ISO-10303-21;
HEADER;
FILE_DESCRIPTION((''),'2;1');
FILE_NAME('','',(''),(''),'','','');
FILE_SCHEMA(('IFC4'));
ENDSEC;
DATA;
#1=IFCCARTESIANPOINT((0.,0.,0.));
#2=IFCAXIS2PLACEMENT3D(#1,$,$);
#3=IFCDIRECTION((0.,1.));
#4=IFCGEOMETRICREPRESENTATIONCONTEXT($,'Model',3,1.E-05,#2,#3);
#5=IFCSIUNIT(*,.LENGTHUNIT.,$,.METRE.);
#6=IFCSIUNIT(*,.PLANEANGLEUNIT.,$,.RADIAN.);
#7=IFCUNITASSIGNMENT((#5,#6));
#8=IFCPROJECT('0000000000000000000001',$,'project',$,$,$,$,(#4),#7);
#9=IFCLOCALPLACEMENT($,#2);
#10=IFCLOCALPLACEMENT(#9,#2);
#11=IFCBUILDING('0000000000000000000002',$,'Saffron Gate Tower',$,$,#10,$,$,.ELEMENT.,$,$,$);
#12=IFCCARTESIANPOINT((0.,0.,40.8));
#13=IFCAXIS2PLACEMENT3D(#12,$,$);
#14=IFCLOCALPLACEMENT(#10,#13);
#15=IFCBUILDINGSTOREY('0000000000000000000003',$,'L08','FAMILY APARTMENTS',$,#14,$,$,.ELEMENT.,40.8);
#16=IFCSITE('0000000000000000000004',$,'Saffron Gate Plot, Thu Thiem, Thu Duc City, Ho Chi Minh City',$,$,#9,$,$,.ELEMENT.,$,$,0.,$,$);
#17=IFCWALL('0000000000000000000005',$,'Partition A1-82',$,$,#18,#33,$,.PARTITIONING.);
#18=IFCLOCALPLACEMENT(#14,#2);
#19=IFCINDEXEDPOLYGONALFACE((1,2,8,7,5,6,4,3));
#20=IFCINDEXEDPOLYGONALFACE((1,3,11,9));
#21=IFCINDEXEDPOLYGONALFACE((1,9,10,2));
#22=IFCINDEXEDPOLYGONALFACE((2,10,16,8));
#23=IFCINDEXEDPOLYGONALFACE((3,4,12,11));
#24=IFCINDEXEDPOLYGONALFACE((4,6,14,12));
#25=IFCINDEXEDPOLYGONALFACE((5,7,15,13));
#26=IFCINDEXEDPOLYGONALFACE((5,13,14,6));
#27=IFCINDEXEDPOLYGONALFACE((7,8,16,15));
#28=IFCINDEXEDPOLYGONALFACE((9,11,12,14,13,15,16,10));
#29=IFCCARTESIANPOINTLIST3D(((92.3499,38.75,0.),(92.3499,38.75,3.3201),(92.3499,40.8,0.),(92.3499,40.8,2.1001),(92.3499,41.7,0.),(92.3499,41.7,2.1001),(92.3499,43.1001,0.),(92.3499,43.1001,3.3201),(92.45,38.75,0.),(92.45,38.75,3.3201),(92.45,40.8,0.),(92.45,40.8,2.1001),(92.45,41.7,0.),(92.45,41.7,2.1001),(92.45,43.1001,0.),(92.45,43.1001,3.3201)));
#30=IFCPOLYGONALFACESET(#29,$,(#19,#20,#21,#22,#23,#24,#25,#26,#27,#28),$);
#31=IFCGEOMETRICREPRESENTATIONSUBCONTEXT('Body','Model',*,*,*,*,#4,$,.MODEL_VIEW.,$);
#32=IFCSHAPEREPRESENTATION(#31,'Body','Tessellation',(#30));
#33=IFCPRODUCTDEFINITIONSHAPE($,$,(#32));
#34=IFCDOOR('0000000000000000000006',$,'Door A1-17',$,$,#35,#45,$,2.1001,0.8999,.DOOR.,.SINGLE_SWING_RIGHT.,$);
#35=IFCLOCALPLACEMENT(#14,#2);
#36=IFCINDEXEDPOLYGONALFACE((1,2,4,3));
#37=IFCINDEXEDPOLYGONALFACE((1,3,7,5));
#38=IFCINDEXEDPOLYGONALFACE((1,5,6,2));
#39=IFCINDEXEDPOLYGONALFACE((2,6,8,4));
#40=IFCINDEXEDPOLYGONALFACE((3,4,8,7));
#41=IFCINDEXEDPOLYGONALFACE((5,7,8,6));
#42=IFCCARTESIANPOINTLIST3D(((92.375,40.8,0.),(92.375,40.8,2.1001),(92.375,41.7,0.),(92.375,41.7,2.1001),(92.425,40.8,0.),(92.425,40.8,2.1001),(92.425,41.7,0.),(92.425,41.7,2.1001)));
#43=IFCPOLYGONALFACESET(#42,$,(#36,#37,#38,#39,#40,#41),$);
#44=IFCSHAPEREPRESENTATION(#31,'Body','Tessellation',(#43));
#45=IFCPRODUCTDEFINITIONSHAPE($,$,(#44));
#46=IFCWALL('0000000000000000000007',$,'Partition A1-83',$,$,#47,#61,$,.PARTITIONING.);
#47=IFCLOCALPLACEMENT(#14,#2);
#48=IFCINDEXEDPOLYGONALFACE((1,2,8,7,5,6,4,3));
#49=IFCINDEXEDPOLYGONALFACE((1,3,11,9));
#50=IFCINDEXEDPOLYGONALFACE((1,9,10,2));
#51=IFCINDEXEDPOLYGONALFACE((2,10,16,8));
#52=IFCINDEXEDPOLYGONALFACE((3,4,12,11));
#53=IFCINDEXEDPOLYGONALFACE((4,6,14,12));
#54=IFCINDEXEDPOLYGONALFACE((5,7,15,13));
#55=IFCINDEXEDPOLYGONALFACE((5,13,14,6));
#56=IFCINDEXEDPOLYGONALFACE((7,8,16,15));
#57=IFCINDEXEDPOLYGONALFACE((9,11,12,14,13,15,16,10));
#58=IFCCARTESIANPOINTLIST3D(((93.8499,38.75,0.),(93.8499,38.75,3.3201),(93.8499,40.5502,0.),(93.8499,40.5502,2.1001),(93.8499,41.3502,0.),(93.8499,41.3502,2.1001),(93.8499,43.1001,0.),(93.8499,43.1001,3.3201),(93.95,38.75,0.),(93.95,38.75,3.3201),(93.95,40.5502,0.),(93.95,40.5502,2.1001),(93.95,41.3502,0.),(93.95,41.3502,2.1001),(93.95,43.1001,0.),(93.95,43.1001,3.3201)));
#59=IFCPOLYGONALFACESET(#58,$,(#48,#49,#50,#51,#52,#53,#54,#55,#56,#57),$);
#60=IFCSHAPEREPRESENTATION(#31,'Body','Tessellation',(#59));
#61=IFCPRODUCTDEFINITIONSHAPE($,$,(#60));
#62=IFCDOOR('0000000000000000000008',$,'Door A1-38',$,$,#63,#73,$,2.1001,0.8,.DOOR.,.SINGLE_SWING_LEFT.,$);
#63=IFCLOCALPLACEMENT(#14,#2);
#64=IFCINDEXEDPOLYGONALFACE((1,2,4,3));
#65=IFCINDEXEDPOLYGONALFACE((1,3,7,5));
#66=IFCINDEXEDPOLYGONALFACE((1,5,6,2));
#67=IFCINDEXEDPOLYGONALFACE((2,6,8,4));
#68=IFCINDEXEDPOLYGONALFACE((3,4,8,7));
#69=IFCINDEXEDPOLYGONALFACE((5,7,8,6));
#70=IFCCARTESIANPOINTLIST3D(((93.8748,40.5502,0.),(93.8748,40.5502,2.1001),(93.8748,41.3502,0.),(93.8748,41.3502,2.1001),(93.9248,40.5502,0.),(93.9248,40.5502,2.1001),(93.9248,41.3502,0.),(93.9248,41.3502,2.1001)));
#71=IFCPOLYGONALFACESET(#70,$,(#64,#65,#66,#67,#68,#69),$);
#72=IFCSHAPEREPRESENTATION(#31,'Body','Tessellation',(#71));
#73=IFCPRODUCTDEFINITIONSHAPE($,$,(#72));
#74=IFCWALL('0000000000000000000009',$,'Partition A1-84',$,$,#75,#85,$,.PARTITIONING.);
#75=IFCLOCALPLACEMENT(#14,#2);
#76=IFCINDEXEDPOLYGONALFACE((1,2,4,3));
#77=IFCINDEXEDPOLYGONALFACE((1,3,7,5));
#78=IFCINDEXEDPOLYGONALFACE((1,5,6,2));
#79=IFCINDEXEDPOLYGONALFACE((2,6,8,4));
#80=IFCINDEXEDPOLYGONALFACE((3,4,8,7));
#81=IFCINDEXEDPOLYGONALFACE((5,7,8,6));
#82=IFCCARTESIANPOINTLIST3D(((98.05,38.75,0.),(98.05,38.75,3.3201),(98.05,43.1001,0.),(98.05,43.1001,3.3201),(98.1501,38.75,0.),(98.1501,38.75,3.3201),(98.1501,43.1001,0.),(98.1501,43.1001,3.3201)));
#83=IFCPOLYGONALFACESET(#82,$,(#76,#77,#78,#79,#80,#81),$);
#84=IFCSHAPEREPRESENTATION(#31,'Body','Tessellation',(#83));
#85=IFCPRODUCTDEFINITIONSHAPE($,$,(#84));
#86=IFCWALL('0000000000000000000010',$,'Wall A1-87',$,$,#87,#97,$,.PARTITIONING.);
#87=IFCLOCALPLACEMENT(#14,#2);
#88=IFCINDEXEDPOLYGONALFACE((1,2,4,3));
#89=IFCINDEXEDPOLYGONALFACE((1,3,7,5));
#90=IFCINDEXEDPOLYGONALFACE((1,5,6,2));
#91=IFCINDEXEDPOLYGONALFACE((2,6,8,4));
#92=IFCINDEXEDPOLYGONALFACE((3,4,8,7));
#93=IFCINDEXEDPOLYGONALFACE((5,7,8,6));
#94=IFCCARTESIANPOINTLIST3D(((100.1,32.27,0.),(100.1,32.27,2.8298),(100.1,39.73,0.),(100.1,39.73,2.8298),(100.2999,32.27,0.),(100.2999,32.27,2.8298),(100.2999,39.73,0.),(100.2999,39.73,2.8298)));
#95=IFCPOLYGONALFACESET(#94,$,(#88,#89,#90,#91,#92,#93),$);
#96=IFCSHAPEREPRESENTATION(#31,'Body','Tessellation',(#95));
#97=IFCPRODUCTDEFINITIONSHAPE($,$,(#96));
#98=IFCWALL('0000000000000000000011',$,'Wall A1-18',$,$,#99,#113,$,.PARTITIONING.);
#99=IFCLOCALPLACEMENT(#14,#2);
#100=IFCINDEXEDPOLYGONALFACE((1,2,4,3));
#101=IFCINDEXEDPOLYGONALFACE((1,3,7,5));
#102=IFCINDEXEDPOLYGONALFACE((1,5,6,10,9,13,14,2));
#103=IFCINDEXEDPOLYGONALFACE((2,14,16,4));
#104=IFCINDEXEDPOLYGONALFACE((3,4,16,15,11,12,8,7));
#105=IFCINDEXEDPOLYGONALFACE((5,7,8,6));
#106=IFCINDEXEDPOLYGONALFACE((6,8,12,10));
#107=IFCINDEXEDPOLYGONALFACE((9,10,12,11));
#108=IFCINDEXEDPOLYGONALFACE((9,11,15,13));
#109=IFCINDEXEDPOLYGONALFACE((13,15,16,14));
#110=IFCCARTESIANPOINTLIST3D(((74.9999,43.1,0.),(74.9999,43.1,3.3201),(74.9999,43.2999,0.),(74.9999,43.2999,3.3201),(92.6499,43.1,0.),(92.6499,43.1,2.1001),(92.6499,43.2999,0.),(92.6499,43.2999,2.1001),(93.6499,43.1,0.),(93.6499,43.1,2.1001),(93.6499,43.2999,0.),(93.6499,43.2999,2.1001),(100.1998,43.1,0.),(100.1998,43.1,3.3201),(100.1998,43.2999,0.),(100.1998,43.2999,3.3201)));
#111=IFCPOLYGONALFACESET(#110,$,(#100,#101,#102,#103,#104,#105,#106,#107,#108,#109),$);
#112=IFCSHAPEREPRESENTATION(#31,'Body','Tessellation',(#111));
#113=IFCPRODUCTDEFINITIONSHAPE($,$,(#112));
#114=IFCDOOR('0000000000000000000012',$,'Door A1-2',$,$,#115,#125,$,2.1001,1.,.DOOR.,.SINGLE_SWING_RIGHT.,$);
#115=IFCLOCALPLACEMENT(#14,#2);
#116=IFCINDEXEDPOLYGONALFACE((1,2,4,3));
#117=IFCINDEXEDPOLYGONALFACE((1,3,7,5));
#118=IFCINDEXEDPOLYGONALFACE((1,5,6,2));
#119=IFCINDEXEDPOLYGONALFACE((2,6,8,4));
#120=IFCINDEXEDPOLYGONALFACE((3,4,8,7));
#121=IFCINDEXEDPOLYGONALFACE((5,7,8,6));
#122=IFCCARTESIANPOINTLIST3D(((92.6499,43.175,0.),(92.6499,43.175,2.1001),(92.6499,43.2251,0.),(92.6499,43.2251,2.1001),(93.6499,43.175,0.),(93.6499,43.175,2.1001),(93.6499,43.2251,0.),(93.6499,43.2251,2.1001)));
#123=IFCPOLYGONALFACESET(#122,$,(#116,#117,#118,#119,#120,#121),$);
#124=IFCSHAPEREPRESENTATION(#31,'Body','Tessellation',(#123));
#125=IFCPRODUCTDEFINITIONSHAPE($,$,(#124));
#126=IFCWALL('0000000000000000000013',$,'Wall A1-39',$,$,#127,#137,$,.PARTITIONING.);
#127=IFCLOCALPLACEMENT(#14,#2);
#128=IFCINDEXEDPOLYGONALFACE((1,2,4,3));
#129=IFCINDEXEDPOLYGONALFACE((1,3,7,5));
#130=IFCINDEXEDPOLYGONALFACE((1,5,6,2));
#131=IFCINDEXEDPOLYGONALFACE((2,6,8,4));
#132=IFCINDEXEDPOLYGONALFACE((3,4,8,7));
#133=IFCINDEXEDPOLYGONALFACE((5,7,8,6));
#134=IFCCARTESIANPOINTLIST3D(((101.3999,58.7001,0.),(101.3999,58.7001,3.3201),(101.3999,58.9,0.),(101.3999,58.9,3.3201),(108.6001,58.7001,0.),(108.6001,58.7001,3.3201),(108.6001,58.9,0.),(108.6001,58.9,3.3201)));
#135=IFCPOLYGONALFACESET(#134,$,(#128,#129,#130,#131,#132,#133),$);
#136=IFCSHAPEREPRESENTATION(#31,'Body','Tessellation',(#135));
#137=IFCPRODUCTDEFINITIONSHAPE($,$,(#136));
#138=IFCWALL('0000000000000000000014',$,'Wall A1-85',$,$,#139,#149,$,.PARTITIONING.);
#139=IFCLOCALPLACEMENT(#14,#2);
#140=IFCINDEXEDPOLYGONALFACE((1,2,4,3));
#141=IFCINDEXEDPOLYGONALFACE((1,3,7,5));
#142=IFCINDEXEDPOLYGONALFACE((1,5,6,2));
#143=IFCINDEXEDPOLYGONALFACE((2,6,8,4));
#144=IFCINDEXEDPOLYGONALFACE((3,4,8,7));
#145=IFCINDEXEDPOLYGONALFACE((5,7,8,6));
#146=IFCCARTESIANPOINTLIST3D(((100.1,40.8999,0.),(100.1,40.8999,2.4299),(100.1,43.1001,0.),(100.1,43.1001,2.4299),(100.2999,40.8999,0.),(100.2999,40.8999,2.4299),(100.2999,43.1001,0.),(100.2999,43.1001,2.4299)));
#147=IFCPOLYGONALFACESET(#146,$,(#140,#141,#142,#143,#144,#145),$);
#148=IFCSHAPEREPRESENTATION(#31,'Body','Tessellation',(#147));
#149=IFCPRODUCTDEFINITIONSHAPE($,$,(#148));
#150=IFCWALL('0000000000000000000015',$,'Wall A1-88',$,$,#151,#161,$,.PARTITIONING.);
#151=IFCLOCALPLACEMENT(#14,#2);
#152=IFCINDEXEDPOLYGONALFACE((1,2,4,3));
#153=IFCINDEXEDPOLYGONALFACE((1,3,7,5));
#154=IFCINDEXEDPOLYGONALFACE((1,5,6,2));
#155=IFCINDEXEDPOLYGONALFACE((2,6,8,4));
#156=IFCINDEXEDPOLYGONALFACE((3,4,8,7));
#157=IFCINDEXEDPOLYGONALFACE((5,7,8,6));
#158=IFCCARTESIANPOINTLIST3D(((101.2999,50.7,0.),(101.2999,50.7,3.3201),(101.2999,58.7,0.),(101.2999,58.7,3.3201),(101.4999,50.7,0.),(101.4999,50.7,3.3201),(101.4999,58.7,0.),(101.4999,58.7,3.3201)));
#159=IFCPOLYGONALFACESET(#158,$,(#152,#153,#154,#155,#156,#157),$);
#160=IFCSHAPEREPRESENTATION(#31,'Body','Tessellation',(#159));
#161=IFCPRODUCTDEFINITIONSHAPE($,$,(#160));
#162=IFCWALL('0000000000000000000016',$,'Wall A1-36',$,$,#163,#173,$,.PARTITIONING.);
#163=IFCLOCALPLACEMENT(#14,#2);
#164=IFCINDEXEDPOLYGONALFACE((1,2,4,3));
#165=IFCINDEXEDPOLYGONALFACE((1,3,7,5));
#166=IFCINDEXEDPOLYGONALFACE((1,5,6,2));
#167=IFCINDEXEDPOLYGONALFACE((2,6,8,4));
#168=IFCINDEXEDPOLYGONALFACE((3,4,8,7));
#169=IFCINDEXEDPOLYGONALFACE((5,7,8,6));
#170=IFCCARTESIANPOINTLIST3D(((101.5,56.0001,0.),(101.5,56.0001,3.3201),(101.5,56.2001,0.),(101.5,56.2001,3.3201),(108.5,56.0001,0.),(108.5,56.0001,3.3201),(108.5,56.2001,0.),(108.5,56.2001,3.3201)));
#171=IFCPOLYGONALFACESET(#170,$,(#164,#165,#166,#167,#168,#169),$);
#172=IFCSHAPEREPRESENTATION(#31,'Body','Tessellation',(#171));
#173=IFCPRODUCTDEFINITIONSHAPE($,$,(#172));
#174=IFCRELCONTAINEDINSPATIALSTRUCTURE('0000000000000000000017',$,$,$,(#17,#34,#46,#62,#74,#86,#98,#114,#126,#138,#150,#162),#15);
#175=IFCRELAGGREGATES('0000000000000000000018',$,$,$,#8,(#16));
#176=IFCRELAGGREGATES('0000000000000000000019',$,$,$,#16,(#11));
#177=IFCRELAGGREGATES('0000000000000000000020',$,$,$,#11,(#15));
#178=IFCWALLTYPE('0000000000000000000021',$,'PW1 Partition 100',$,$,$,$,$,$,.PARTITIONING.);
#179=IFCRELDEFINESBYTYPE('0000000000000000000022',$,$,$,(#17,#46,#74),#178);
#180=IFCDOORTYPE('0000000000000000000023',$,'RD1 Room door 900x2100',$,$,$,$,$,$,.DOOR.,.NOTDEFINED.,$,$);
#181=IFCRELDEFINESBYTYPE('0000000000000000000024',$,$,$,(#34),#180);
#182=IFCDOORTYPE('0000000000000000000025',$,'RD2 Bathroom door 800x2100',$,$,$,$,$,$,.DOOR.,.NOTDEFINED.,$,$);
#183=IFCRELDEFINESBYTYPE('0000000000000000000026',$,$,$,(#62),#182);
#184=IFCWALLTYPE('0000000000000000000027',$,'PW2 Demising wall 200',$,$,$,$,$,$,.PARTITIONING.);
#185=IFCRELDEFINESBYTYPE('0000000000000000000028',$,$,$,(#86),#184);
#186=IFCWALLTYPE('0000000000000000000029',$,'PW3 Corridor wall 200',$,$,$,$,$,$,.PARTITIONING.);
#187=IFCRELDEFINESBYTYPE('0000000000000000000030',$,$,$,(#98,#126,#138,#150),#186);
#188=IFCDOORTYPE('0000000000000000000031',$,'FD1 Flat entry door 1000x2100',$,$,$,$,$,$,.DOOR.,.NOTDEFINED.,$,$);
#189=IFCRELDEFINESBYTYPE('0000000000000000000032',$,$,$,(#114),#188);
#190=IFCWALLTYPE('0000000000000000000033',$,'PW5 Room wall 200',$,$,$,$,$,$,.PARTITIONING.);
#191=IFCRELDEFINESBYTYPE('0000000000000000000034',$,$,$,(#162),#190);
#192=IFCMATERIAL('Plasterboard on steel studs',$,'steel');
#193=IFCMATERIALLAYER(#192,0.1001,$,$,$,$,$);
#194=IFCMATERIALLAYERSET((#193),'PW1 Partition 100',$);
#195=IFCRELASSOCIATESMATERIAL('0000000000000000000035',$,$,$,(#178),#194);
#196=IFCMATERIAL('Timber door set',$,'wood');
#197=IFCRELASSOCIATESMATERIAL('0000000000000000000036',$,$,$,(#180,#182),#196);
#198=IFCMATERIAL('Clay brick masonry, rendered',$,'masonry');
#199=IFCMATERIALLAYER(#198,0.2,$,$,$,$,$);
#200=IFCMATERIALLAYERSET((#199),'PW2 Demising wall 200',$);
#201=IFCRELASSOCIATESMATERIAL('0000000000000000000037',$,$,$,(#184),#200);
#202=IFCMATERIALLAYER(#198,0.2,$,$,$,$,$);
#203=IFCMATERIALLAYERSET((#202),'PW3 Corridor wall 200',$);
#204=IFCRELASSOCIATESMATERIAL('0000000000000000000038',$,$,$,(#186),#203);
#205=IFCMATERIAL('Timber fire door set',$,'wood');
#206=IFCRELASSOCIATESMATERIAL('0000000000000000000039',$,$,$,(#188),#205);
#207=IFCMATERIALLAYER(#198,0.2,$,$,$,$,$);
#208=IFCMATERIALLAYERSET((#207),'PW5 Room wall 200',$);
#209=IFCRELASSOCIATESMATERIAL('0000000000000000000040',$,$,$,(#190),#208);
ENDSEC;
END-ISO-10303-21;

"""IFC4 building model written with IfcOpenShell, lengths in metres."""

from ifc_helpers import new_model, si_unit, direction, frame, frame_2d, origin, place, context, subcontext, project, spatial, rectangle, extrude, material, layer, layer_set, type_object, element, fill, save


model = new_model("IFC4")

# Units and contexts
model_context = context("Model", 3, precision=1e-05, world=origin(), true_north=direction((0.0, 1.0)))
body_context = subcontext(model_context, "Body", "Model", "MODEL_VIEW")
ifc_project = project(units=[si_unit("LENGTHUNIT", "METRE"), si_unit("PLANEANGLEUNIT", "RADIAN")], contexts=[model_context])

# Site, building, storey
site_placement = place(None, origin())
site = spatial("IfcSite", under=ifc_project, at=site_placement, Name="Saffron Gate Plot, Thu Thiem, Thu Duc City, Ho Chi Minh City", CompositionType="ELEMENT", RefElevation=0.0)
building_placement = place(site_placement, origin())
building = spatial("IfcBuilding", under=site, at=building_placement, Name="Saffron Gate Tower", CompositionType="ELEMENT")
storey_placement = place(building_placement, frame((0.0, 0.0, 40.8)))
storey = spatial("IfcBuildingStorey", under=building, at=storey_placement, Name="L08", Description="FAMILY APARTMENTS", CompositionType="ELEMENT", Elevation=40.8)

# Shared definitions
ifc_material_1 = material(Name="Plasterboard on steel studs", Category="steel")
ifc_layer_1 = layer(ifc_material_1, 0.1001)
ifc_layer_set_1 = layer_set([ifc_layer_1], Name="PW1 Partition 100")
wall_type_1 = type_object("IfcWallType", Name="PW1 Partition 100", PredefinedType="PARTITIONING", material=ifc_layer_set_1)

# Walls, openings, doors
wall_1_placement = place(storey_placement, frame((92.3999, 38.75, 0.0), z_axis=(0.0, 0.0, 1.0), x_axis=(0.0, 1.0, 0.0)))
wall_1 = element("IfcWall", 1, at=wall_1_placement, inside=storey, type_object=wall_type_1, Name="Partition A1-82", PredefinedType="PARTITIONING", context=body_context, shape_type="SweptSolid", body=[
    extrude(rectangle(XDim=4.3501, YDim=0.1001, at=frame_2d((2.175, 0.0))), origin(), (0.0, 0.0, 1.0), 3.3201),
])
opening_1_placement = place(wall_1_placement, frame((2.05, 0.0, 0.0)))
opening_1 = element("IfcOpeningElement", 2, at=opening_1_placement, cuts=wall_1, PredefinedType="OPENING", context=body_context, shape_type="SweptSolid", body=[
    extrude(rectangle(XDim=0.8999, YDim=2.1001, at=frame_2d((0.45, 1.05))), frame((0.0, 0.0601, 0.0), z_axis=(0.0, -1.0, 0.0), x_axis=(1.0, 0.0, 0.0)), (0.0, 0.0, 1.0), 0.1201),
])
ifc_material_2 = material(Name="Timber door set", Category="wood")
door_type_1 = type_object("IfcDoorType", Name="RD1 Room door 900x2100", OperationType="NOTDEFINED", PredefinedType="DOOR", material=ifc_material_2)
door_1_placement = place(opening_1_placement, origin())
door_1 = element("IfcDoor", 3, at=door_1_placement, inside=storey, type_object=door_type_1, Name="Door A1-17", OperationType="SINGLE_SWING_RIGHT", OverallHeight=2.1001, OverallWidth=0.8999, PredefinedType="DOOR", context=body_context, shape_type="SweptSolid", body=[
    extrude(rectangle(XDim=0.8999, YDim=2.1001, at=frame_2d((0.45, 1.05))), frame((0.0, 0.0249, 0.0), z_axis=(0.0, -1.0, 0.0), x_axis=(1.0, 0.0, 0.0)), (0.0, 0.0, 1.0), 0.05),
])
fill(opening_1, door_1)
wall_2_placement = place(storey_placement, frame((93.8999, 43.1001, 0.0), z_axis=(0.0, 0.0, 1.0), x_axis=(0.0, -1.0, 0.0)))
wall_2 = element("IfcWall", 4, at=wall_2_placement, inside=storey, type_object=wall_type_1, Name="Partition A1-83", PredefinedType="PARTITIONING", context=body_context, shape_type="SweptSolid", body=[
    extrude(rectangle(XDim=4.3501, YDim=0.1001, at=frame_2d((2.175, 0.0))), origin(), (0.0, 0.0, 1.0), 3.3201),
])
opening_2_placement = place(wall_2_placement, frame((1.75, 0.0, 0.0)))
opening_2 = element("IfcOpeningElement", 5, at=opening_2_placement, cuts=wall_2, PredefinedType="OPENING", context=body_context, shape_type="SweptSolid", body=[
    extrude(rectangle(XDim=0.8, YDim=2.1001, at=frame_2d((0.3999, 1.05))), frame((0.0, 0.0601, 0.0), z_axis=(0.0, -1.0, 0.0), x_axis=(1.0, 0.0, 0.0)), (0.0, 0.0, 1.0), 0.1201),
])
door_type_2 = type_object("IfcDoorType", Name="RD2 Bathroom door 800x2100", OperationType="NOTDEFINED", PredefinedType="DOOR", material=ifc_material_2)
door_2_placement = place(opening_2_placement, origin())
door_2 = element("IfcDoor", 6, at=door_2_placement, inside=storey, type_object=door_type_2, Name="Door A1-38", OperationType="SINGLE_SWING_LEFT", OverallHeight=2.1001, OverallWidth=0.8, PredefinedType="DOOR", context=body_context, shape_type="SweptSolid", body=[
    extrude(rectangle(XDim=0.8, YDim=2.1001, at=frame_2d((0.3999, 1.05))), frame((0.0, 0.0249, 0.0), z_axis=(0.0, -1.0, 0.0), x_axis=(1.0, 0.0, 0.0)), (0.0, 0.0, 1.0), 0.05),
])
fill(opening_2, door_2)

# Walls
wall_3_placement = place(storey_placement, frame((98.1001, 43.1001, 0.0), z_axis=(0.0, 0.0, 1.0), x_axis=(0.0, -1.0, 0.0)))
element("IfcWall", 7, at=wall_3_placement, inside=storey, type_object=wall_type_1, Name="Partition A1-84", PredefinedType="PARTITIONING", context=body_context, shape_type="SweptSolid", body=[
    extrude(rectangle(XDim=4.3501, YDim=0.1001, at=frame_2d((2.175, 0.0))), origin(), (0.0, 0.0, 1.0), 3.3201),
])
ifc_material_3 = material(Name="Clay brick masonry, rendered", Category="masonry")
ifc_layer_2 = layer(ifc_material_3, 0.2)
ifc_layer_set_2 = layer_set([ifc_layer_2], Name="PW2 Demising wall 200")
wall_type_2 = type_object("IfcWallType", Name="PW2 Demising wall 200", PredefinedType="PARTITIONING", material=ifc_layer_set_2)
wall_4_placement = place(storey_placement, frame((100.2, 39.73, 0.0), z_axis=(0.0, 0.0, 1.0), x_axis=(0.0, -1.0, 0.0)))
element("IfcWall", 8, at=wall_4_placement, inside=storey, type_object=wall_type_2, Name="Wall A1-87", PredefinedType="PARTITIONING", context=body_context, shape_type="SweptSolid", body=[
    extrude(rectangle(XDim=7.46, YDim=0.2, at=frame_2d((3.73, 0.0))), origin(), (0.0, 0.0, 1.0), 2.8298),
])

# Wall, opening, door
ifc_layer_3 = layer(ifc_material_3, 0.2)
ifc_layer_set_3 = layer_set([ifc_layer_3], Name="PW3 Corridor wall 200")
wall_type_3 = type_object("IfcWallType", Name="PW3 Corridor wall 200", PredefinedType="PARTITIONING", material=ifc_layer_set_3)
wall_5_placement = place(storey_placement, frame((100.2, 43.2, 0.0), z_axis=(0.0, 0.0, 1.0), x_axis=(-1.0, 0.0, 0.0)))
wall_5 = element("IfcWall", 9, at=wall_5_placement, inside=storey, type_object=wall_type_3, Name="Wall A1-18", PredefinedType="PARTITIONING", context=body_context, shape_type="SweptSolid", body=[
    extrude(rectangle(XDim=25.2, YDim=0.2, at=frame_2d((12.6001, 0.0))), origin(), (0.0, 0.0, 1.0), 3.3201),
])
opening_3_placement = place(wall_5_placement, frame((6.55, 0.0, 0.0)))
opening_3 = element("IfcOpeningElement", 10, at=opening_3_placement, cuts=wall_5, PredefinedType="OPENING", context=body_context, shape_type="SweptSolid", body=[
    extrude(rectangle(XDim=1.0, YDim=2.1001, at=frame_2d((0.5, 1.05))), frame((0.0, 0.1099, 0.0), z_axis=(0.0, -1.0, 0.0), x_axis=(1.0, 0.0, 0.0)), (0.0, 0.0, 1.0), 0.22),
])
ifc_material_4 = material(Name="Timber fire door set", Category="wood")
door_type_3 = type_object("IfcDoorType", Name="FD1 Flat entry door 1000x2100", OperationType="NOTDEFINED", PredefinedType="DOOR", material=ifc_material_4)
door_3_placement = place(opening_3_placement, origin())
door_3 = element("IfcDoor", 11, at=door_3_placement, inside=storey, type_object=door_type_3, Name="Door A1-2", OperationType="SINGLE_SWING_RIGHT", OverallHeight=2.1001, OverallWidth=1.0, PredefinedType="DOOR", context=body_context, shape_type="SweptSolid", body=[
    extrude(rectangle(XDim=1.0, YDim=2.1001, at=frame_2d((0.5, 1.05))), frame((0.0, 0.0249, 0.0), z_axis=(0.0, -1.0, 0.0), x_axis=(1.0, 0.0, 0.0)), (0.0, 0.0, 1.0), 0.05),
])
fill(opening_3, door_3)

# Walls
wall_6_placement = place(storey_placement, frame((101.3999, 58.8, 0.0), z_axis=(0.0, 0.0, 1.0), x_axis=(1.0, 0.0, 0.0)))
element("IfcWall", 12, at=wall_6_placement, inside=storey, type_object=wall_type_3, Name="Wall A1-39", PredefinedType="PARTITIONING", context=body_context, shape_type="SweptSolid", body=[
    extrude(rectangle(XDim=7.2002, YDim=0.2, at=frame_2d((3.6001, 0.0))), origin(), (0.0, 0.0, 1.0), 3.3201),
])
wall_7_placement = place(storey_placement, frame((100.2, 43.1001, 0.0), z_axis=(0.0, 0.0, 1.0), x_axis=(0.0, -1.0, 0.0)))
element("IfcWall", 13, at=wall_7_placement, inside=storey, type_object=wall_type_3, Name="Wall A1-85", PredefinedType="PARTITIONING", context=body_context, shape_type="SweptSolid", body=[
    extrude(rectangle(XDim=2.2002, YDim=0.2, at=frame_2d((1.1001, 0.0))), origin(), (0.0, 0.0, 1.0), 2.4299),
])
wall_8_placement = place(storey_placement, frame((101.3999, 58.7, 0.0), z_axis=(0.0, 0.0, 1.0), x_axis=(0.0, -1.0, 0.0)))
element("IfcWall", 14, at=wall_8_placement, inside=storey, type_object=wall_type_3, Name="Wall A1-88", PredefinedType="PARTITIONING", context=body_context, shape_type="SweptSolid", body=[
    extrude(rectangle(XDim=8.0, YDim=0.2, at=frame_2d((4.0, 0.0))), origin(), (0.0, 0.0, 1.0), 3.3201),
])
ifc_layer_4 = layer(ifc_material_3, 0.2)
ifc_layer_set_4 = layer_set([ifc_layer_4], Name="PW5 Room wall 200")
wall_type_4 = type_object("IfcWallType", Name="PW5 Room wall 200", PredefinedType="PARTITIONING", material=ifc_layer_set_4)
wall_9_placement = place(storey_placement, frame((101.5, 56.1001, 0.0), z_axis=(0.0, 0.0, 1.0), x_axis=(1.0, 0.0, 0.0)))
element("IfcWall", 15, at=wall_9_placement, inside=storey, type_object=wall_type_4, Name="Wall A1-36", PredefinedType="PARTITIONING", context=body_context, shape_type="SweptSolid", body=[
    extrude(rectangle(XDim=7.0, YDim=0.2, at=frame_2d((3.5, 0.0))), origin(), (0.0, 0.0, 1.0), 3.3201),
])

save(model, "model.ifc")
